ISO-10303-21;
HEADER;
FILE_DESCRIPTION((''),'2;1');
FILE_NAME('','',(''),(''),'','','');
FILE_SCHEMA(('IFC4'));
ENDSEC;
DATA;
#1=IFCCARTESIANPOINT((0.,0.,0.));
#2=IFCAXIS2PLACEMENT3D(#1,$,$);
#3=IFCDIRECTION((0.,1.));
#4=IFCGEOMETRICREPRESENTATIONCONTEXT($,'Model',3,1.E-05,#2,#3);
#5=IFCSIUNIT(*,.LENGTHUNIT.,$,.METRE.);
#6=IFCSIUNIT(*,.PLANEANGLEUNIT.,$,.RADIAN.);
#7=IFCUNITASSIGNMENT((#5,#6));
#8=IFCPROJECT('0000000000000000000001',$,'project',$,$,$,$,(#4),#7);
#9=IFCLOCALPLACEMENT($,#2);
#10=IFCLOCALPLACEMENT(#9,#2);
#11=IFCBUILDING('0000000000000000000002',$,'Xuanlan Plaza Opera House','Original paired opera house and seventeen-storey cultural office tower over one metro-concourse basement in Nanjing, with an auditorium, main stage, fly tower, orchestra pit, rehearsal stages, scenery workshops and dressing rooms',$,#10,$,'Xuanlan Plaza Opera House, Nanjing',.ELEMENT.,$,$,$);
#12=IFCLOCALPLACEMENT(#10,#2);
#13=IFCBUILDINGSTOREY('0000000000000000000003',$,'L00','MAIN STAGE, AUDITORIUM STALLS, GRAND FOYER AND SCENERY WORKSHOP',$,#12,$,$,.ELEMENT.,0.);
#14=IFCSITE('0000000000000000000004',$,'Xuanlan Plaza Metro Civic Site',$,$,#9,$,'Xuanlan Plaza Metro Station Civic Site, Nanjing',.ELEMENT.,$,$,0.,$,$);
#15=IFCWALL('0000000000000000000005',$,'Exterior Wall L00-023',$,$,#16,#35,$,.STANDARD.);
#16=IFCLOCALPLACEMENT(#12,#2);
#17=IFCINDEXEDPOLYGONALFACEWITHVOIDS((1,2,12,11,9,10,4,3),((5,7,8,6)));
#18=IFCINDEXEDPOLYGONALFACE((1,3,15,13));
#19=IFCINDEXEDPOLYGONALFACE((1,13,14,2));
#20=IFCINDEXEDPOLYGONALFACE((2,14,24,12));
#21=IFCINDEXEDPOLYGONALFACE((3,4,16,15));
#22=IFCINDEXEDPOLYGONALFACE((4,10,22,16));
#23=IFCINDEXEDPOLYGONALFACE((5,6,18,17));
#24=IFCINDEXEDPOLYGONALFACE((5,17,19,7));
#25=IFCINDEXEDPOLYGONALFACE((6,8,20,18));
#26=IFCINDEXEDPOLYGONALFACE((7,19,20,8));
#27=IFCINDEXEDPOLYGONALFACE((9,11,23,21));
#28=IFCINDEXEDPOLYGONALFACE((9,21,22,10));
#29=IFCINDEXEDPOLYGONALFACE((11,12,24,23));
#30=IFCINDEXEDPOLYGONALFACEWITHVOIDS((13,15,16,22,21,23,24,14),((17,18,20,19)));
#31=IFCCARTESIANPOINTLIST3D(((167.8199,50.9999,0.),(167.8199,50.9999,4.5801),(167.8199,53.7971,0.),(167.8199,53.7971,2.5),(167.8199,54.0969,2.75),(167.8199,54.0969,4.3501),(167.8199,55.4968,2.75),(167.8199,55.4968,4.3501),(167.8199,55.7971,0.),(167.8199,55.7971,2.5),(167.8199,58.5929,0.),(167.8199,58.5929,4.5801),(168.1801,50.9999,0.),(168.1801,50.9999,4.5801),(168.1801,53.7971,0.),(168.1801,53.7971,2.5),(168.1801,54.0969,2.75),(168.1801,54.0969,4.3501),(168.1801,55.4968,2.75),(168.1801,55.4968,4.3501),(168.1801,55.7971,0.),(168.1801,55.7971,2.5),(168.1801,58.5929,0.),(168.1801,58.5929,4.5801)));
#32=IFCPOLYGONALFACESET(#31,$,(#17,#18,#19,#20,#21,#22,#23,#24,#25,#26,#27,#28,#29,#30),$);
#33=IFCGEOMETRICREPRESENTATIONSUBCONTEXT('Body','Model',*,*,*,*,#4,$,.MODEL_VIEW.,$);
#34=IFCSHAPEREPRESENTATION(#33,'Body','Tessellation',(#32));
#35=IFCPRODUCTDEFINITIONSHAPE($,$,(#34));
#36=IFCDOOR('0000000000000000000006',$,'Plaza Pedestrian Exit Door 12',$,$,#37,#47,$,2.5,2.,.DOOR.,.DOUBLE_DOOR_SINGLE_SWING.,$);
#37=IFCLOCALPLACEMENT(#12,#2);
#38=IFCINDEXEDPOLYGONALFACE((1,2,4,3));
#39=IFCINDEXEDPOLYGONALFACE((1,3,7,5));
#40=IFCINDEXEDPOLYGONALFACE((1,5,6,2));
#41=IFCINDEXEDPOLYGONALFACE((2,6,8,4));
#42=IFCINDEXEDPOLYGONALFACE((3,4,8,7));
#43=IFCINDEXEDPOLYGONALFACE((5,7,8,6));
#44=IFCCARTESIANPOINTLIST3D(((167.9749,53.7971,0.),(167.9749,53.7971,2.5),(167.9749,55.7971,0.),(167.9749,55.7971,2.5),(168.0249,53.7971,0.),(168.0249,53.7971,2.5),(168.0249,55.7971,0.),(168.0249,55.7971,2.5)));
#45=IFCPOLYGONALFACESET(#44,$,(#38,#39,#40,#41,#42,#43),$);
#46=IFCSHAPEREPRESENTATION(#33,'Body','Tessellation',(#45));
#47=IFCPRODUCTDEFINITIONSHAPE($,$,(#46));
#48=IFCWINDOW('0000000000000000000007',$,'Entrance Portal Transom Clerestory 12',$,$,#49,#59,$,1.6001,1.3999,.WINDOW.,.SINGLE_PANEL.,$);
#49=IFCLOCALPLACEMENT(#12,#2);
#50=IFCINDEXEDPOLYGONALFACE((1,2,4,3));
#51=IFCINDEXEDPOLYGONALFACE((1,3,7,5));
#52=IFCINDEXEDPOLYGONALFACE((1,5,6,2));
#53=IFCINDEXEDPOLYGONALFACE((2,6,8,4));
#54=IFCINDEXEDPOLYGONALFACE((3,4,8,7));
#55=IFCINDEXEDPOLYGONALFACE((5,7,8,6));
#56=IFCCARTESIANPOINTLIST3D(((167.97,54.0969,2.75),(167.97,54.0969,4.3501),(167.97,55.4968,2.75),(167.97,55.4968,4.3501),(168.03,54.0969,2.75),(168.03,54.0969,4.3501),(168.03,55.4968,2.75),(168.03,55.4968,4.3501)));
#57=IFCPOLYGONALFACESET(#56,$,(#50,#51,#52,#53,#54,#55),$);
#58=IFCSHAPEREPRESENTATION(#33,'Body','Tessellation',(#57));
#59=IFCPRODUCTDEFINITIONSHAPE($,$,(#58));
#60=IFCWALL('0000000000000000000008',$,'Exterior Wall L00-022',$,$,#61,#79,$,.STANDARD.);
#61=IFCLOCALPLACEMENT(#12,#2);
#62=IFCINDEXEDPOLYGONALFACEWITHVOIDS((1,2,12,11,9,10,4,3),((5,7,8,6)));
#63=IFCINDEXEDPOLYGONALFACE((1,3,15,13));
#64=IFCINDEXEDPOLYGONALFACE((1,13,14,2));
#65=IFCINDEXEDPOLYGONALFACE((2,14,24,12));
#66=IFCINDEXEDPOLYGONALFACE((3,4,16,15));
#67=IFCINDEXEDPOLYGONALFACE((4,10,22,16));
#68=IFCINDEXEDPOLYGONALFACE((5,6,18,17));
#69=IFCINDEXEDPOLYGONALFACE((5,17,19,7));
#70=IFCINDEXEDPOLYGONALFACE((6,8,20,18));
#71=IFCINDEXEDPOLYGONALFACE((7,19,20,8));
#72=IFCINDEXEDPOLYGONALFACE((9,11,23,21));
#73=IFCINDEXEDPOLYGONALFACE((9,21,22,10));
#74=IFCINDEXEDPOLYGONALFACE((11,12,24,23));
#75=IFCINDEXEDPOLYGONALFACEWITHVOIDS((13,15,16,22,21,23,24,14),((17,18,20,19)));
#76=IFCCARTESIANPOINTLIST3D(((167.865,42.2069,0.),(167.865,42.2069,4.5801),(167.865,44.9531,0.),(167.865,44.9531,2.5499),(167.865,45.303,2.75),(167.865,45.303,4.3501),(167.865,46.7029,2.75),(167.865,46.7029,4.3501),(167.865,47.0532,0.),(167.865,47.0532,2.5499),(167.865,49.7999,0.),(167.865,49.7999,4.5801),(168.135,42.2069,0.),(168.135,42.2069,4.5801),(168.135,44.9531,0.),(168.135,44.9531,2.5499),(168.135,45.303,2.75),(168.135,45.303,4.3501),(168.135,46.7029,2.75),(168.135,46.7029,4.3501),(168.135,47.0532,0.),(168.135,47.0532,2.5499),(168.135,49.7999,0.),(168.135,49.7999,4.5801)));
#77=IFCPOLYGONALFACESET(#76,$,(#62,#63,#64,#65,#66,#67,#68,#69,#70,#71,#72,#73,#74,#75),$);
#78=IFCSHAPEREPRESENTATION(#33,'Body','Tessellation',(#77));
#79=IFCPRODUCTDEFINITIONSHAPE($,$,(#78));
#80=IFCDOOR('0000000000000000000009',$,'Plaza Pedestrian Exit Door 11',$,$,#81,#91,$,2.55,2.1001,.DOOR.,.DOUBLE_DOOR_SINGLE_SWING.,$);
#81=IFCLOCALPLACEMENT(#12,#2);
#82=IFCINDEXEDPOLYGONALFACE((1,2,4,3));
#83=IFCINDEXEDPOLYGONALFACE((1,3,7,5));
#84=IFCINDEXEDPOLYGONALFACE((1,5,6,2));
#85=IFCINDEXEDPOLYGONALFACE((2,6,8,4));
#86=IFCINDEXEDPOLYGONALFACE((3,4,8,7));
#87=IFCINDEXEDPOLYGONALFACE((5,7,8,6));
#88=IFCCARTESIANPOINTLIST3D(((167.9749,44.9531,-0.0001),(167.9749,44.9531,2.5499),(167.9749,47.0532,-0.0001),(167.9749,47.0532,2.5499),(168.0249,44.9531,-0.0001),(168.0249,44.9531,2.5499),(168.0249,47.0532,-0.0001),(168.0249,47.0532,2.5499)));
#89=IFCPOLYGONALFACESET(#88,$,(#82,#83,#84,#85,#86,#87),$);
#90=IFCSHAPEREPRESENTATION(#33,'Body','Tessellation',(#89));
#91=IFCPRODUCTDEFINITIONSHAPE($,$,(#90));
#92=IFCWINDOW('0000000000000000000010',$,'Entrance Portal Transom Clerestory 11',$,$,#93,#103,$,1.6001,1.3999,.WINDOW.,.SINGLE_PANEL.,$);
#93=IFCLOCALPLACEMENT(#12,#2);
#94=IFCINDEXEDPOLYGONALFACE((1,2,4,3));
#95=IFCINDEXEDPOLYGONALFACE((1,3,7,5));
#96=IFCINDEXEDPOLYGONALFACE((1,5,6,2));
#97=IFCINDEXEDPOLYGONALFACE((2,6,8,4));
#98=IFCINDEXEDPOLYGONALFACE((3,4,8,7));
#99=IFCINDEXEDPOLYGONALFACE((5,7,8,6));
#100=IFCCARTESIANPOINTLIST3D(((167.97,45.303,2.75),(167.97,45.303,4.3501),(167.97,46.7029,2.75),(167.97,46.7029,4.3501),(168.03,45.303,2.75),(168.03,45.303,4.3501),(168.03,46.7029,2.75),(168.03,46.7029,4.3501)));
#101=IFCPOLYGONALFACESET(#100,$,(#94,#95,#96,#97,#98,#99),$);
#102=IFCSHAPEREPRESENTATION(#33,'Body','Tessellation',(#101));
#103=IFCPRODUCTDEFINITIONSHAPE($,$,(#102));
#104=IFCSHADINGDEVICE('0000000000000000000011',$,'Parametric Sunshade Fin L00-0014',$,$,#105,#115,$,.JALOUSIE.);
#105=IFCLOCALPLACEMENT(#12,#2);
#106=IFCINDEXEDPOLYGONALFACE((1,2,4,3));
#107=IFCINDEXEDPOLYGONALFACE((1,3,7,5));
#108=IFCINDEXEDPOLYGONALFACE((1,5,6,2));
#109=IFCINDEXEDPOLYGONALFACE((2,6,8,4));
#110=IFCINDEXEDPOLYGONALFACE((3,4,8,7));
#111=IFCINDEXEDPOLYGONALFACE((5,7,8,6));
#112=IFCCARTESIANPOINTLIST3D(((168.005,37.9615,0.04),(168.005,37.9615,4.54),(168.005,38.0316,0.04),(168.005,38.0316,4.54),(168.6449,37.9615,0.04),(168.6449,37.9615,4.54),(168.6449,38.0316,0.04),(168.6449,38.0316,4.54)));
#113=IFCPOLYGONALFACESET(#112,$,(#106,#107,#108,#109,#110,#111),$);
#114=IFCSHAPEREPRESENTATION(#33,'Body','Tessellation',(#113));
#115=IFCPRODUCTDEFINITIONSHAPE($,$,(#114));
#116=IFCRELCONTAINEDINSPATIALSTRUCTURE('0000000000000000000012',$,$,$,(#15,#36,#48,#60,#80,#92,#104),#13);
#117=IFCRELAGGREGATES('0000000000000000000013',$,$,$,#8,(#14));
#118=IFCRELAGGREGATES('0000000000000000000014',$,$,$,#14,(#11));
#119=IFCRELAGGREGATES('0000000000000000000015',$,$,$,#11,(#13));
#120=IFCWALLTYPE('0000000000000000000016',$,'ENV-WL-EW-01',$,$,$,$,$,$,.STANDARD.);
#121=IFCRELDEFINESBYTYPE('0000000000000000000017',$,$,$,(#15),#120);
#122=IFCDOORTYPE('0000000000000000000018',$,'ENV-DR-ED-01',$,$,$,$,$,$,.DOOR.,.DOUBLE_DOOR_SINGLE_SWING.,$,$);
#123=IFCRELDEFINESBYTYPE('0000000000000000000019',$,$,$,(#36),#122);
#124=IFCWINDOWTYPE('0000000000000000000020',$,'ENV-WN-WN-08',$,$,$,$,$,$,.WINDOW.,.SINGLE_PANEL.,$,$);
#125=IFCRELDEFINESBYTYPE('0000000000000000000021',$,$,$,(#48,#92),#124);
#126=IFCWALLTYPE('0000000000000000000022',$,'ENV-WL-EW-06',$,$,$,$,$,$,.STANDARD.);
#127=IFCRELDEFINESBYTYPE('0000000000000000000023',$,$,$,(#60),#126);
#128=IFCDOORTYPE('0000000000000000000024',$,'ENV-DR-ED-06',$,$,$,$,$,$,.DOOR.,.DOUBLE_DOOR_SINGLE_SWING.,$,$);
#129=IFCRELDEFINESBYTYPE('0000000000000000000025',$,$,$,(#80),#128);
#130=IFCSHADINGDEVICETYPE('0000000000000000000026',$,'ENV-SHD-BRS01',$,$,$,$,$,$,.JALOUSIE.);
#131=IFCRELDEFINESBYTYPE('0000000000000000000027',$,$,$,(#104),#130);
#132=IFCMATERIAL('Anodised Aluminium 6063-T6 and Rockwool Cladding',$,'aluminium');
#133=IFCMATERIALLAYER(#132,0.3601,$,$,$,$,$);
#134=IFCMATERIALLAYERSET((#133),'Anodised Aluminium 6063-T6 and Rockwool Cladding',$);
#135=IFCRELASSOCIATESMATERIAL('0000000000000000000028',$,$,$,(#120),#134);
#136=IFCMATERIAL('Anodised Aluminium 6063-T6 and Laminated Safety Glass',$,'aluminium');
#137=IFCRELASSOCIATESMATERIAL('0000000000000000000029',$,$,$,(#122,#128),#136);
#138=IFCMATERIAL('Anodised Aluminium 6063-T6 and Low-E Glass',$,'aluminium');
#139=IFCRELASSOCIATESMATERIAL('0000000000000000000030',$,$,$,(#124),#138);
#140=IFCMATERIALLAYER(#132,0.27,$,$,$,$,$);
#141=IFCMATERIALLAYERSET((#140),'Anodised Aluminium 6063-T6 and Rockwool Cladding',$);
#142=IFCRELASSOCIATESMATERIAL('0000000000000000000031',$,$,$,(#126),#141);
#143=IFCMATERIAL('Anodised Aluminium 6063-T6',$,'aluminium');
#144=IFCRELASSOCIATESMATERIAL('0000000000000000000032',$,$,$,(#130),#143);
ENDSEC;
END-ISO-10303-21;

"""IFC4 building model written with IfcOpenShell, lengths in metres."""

from ifc_helpers import new_model, si_unit, direction, frame, frame_2d, origin, origin_2d, place, context, subcontext, project, spatial, rectangle, extrude, material, layer, layer_set, type_object, element, fill, save


model = new_model("IFC4")

# Units and contexts
model_context = context("Model", 3, precision=1e-05, world=origin(), true_north=direction((0.0, 1.0)))
body_context = subcontext(model_context, "Body", "Model", "MODEL_VIEW")
ifc_project = project(units=[si_unit("LENGTHUNIT", "METRE"), si_unit("PLANEANGLEUNIT", "RADIAN")], contexts=[model_context])

# Site, building, storey
site_placement = place(None, origin())
site = spatial("IfcSite", under=ifc_project, at=site_placement, Name="Xuanlan Plaza Metro Civic Site", LongName="Xuanlan Plaza Metro Station Civic Site, Nanjing", CompositionType="ELEMENT", RefElevation=0.0)
building_placement = place(site_placement, origin())
building = spatial("IfcBuilding", under=site, at=building_placement, Name="Xuanlan Plaza Opera House", Description="Original paired opera house and seventeen-storey cultural office tower over one metro-concourse basement in Nanjing, with an auditorium, main stage, fly tower, orchestra pit, rehearsal stages, scenery workshops and dressing rooms", LongName="Xuanlan Plaza Opera House, Nanjing", CompositionType="ELEMENT")
storey_placement = place(building_placement, origin())
storey = spatial("IfcBuildingStorey", under=building, at=storey_placement, Name="L00", Description="MAIN STAGE, AUDITORIUM STALLS, GRAND FOYER AND SCENERY WORKSHOP", CompositionType="ELEMENT", Elevation=0.0)

# Shared definitions
ifc_material_1 = material(Name="Anodised Aluminium 6063-T6 and Low-E Glass", Category="aluminium")
ifc_material_2 = material(Name="Anodised Aluminium 6063-T6", Category="aluminium")

# Walls, openings, doors, windows
ifc_material_3 = material(Name="Anodised Aluminium 6063-T6 and Rockwool Cladding", Category="aluminium")
ifc_layer_1 = layer(ifc_material_3, 0.3601)
ifc_layer_set_1 = layer_set([ifc_layer_1], Name="Anodised Aluminium 6063-T6 and Rockwool Cladding")
wall_type_1 = type_object("IfcWallType", Name="ENV-WL-EW-01", PredefinedType="STANDARD", material=ifc_layer_set_1)
wall_1_placement = place(storey_placement, frame((168.0, 51.0, 0.0), z_axis=(0.0, 0.0, 1.0), x_axis=(0.0, 1.0, 0.0)))
wall_1 = element("IfcWall", 1, at=wall_1_placement, inside=storey, type_object=wall_type_1, Name="Exterior Wall L00-023", PredefinedType="STANDARD", context=body_context, shape_type="SweptSolid", body=[
    extrude(rectangle(XDim=7.593, YDim=0.3601, at=frame_2d((3.7964, 0.0))), origin(), (0.0, 0.0, 1.0), 4.5801),
])
opening_1_placement = place(wall_1_placement, frame((2.7971, 0.0, 0.0)))
opening_1 = element("IfcOpeningElement", 2, at=opening_1_placement, cuts=wall_1, PredefinedType="OPENING", context=body_context, shape_type="SweptSolid", body=[
    extrude(rectangle(XDim=2.0, YDim=2.5, at=frame_2d((1.0, 1.25))), frame((0.0, 0.1899, 0.0), z_axis=(0.0, -1.0, 0.0), x_axis=(1.0, 0.0, 0.0)), (0.0, 0.0, 1.0), 0.3801),
])
opening_2_placement = place(wall_1_placement, frame((3.0969, 0.0, 2.75)))
opening_2 = element("IfcOpeningElement", 3, at=opening_2_placement, cuts=wall_1, PredefinedType="OPENING", context=body_context, shape_type="SweptSolid", body=[
    extrude(rectangle(XDim=1.3999, YDim=1.6001, at=frame_2d((0.7, 0.8))), frame((0.0, 0.1899, 0.0), z_axis=(0.0, -1.0, 0.0), x_axis=(1.0, 0.0, 0.0)), (0.0, 0.0, 1.0), 0.3801),
])
ifc_material_4 = material(Name="Anodised Aluminium 6063-T6 and Laminated Safety Glass", Category="aluminium")
door_type_1 = type_object("IfcDoorType", Name="ENV-DR-ED-01", OperationType="DOUBLE_DOOR_SINGLE_SWING", PredefinedType="DOOR", material=ifc_material_4)
door_1_placement = place(opening_1_placement, frame((2.0, 0.0, 0.0), z_axis=(0.0, 0.0, 1.0), x_axis=(-1.0, 0.0, 0.0)))
door_1 = element("IfcDoor", 4, at=door_1_placement, inside=storey, type_object=door_type_1, Name="Plaza Pedestrian Exit Door 12", OperationType="DOUBLE_DOOR_SINGLE_SWING", OverallHeight=2.5, OverallWidth=2.0, PredefinedType="DOOR", context=body_context, shape_type="SweptSolid", body=[
    extrude(rectangle(XDim=2.0, YDim=2.5, at=frame_2d((1.0, 1.25))), frame((0.0, 0.0249, 0.0), z_axis=(0.0, -1.0, 0.0), x_axis=(1.0, 0.0, 0.0)), (0.0, 0.0, 1.0), 0.05),
])
fill(opening_1, door_1)
window_type = type_object("IfcWindowType", Name="ENV-WN-WN-08", PartitioningType="SINGLE_PANEL", PredefinedType="WINDOW", material=ifc_material_1)
window_1_placement = place(opening_2_placement, origin())
window_1 = element("IfcWindow", 5, at=window_1_placement, inside=storey, type_object=window_type, Name="Entrance Portal Transom Clerestory 12", OverallHeight=1.6001, OverallWidth=1.3999, PartitioningType="SINGLE_PANEL", PredefinedType="WINDOW", context=body_context, shape_type="SweptSolid", body=[
    extrude(rectangle(XDim=1.3999, YDim=1.6001, at=frame_2d((0.7, 0.8))), frame((0.0, 0.03, 0.0), z_axis=(0.0, -1.0, 0.0), x_axis=(1.0, 0.0, 0.0)), (0.0, 0.0, 1.0), 0.0601),
])
fill(opening_2, window_1)
ifc_layer_2 = layer(ifc_material_3, 0.27)
ifc_layer_set_2 = layer_set([ifc_layer_2], Name="Anodised Aluminium 6063-T6 and Rockwool Cladding")
wall_type_2 = type_object("IfcWallType", Name="ENV-WL-EW-06", PredefinedType="STANDARD", material=ifc_layer_set_2)
wall_2_placement = place(storey_placement, frame((168.0, 42.207, 0.0), z_axis=(0.0, 0.0, 1.0), x_axis=(0.0, 1.0, 0.0)))
wall_2 = element("IfcWall", 6, at=wall_2_placement, inside=storey, type_object=wall_type_2, Name="Exterior Wall L00-022", PredefinedType="STANDARD", context=body_context, shape_type="SweptSolid", body=[
    extrude(rectangle(XDim=7.593, YDim=0.27, at=frame_2d((3.7964, 0.0))), origin(), (0.0, 0.0, 1.0), 4.5801),
])
opening_3_placement = place(wall_2_placement, frame((2.7461, 0.0, 0.0)))
opening_3 = element("IfcOpeningElement", 7, at=opening_3_placement, cuts=wall_2, PredefinedType="OPENING", context=body_context, shape_type="SweptSolid", body=[
    extrude(rectangle(XDim=2.1001, YDim=2.55, at=frame_2d((1.05, 1.2749))), frame((0.0, 0.145, 0.0), z_axis=(0.0, -1.0, 0.0), x_axis=(1.0, 0.0, 0.0)), (0.0, 0.0, 1.0), 0.29),
])
opening_4_placement = place(wall_2_placement, frame((3.0959, 0.0, 2.75)))
opening_4 = element("IfcOpeningElement", 8, at=opening_4_placement, cuts=wall_2, PredefinedType="OPENING", context=body_context, shape_type="SweptSolid", body=[
    extrude(rectangle(XDim=1.3999, YDim=1.6001, at=frame_2d((0.7, 0.8))), frame((0.0, 0.145, 0.0), z_axis=(0.0, -1.0, 0.0), x_axis=(1.0, 0.0, 0.0)), (0.0, 0.0, 1.0), 0.29),
])
door_type_2 = type_object("IfcDoorType", Name="ENV-DR-ED-06", OperationType="DOUBLE_DOOR_SINGLE_SWING", PredefinedType="DOOR", material=ifc_material_4)
door_2_placement = place(opening_3_placement, frame((2.1001, 0.0, 0.0), z_axis=(0.0, 0.0, 1.0), x_axis=(-1.0, 0.0, 0.0)))
door_2 = element("IfcDoor", 9, at=door_2_placement, inside=storey, type_object=door_type_2, Name="Plaza Pedestrian Exit Door 11", OperationType="DOUBLE_DOOR_SINGLE_SWING", OverallHeight=2.55, OverallWidth=2.1001, PredefinedType="DOOR", context=body_context, shape_type="SweptSolid", body=[
    extrude(rectangle(XDim=2.1001, YDim=2.55, at=frame_2d((1.05, 1.2749))), frame((0.0, 0.0249, 0.0), z_axis=(0.0, -1.0, 0.0), x_axis=(1.0, 0.0, 0.0)), (0.0, 0.0, 1.0), 0.05),
])
fill(opening_3, door_2)
window_2_placement = place(opening_4_placement, origin())
window_2 = element("IfcWindow", 10, at=window_2_placement, inside=storey, type_object=window_type, Name="Entrance Portal Transom Clerestory 11", OverallHeight=1.6001, OverallWidth=1.3999, PartitioningType="SINGLE_PANEL", PredefinedType="WINDOW", context=body_context, shape_type="SweptSolid", body=[
    extrude(rectangle(XDim=1.3999, YDim=1.6001, at=frame_2d((0.7, 0.8))), frame((0.0, 0.03, 0.0), z_axis=(0.0, -1.0, 0.0), x_axis=(1.0, 0.0, 0.0)), (0.0, 0.0, 1.0), 0.0601),
])
fill(opening_4, window_2)

# Shading device
shading_device_type = type_object("IfcShadingDeviceType", Name="ENV-SHD-BRS01", PredefinedType="JALOUSIE", material=ifc_material_2)
shading_device_placement = place(storey_placement, frame((168.325, 37.9966, 0.04), z_axis=(0.0, 0.0, 1.0), x_axis=(1.0, 0.0, 0.0)))
element("IfcShadingDevice", 11, at=shading_device_placement, inside=storey, type_object=shading_device_type, Name="Parametric Sunshade Fin L00-0014", PredefinedType="JALOUSIE", context=body_context, shape_type="SweptSolid", body=[
    extrude(rectangle(XDim=0.6399, YDim=0.0701, at=origin_2d()), origin(), (0.0, 0.0, 1.0), 4.5),
])

save(model, "model.ifc")
